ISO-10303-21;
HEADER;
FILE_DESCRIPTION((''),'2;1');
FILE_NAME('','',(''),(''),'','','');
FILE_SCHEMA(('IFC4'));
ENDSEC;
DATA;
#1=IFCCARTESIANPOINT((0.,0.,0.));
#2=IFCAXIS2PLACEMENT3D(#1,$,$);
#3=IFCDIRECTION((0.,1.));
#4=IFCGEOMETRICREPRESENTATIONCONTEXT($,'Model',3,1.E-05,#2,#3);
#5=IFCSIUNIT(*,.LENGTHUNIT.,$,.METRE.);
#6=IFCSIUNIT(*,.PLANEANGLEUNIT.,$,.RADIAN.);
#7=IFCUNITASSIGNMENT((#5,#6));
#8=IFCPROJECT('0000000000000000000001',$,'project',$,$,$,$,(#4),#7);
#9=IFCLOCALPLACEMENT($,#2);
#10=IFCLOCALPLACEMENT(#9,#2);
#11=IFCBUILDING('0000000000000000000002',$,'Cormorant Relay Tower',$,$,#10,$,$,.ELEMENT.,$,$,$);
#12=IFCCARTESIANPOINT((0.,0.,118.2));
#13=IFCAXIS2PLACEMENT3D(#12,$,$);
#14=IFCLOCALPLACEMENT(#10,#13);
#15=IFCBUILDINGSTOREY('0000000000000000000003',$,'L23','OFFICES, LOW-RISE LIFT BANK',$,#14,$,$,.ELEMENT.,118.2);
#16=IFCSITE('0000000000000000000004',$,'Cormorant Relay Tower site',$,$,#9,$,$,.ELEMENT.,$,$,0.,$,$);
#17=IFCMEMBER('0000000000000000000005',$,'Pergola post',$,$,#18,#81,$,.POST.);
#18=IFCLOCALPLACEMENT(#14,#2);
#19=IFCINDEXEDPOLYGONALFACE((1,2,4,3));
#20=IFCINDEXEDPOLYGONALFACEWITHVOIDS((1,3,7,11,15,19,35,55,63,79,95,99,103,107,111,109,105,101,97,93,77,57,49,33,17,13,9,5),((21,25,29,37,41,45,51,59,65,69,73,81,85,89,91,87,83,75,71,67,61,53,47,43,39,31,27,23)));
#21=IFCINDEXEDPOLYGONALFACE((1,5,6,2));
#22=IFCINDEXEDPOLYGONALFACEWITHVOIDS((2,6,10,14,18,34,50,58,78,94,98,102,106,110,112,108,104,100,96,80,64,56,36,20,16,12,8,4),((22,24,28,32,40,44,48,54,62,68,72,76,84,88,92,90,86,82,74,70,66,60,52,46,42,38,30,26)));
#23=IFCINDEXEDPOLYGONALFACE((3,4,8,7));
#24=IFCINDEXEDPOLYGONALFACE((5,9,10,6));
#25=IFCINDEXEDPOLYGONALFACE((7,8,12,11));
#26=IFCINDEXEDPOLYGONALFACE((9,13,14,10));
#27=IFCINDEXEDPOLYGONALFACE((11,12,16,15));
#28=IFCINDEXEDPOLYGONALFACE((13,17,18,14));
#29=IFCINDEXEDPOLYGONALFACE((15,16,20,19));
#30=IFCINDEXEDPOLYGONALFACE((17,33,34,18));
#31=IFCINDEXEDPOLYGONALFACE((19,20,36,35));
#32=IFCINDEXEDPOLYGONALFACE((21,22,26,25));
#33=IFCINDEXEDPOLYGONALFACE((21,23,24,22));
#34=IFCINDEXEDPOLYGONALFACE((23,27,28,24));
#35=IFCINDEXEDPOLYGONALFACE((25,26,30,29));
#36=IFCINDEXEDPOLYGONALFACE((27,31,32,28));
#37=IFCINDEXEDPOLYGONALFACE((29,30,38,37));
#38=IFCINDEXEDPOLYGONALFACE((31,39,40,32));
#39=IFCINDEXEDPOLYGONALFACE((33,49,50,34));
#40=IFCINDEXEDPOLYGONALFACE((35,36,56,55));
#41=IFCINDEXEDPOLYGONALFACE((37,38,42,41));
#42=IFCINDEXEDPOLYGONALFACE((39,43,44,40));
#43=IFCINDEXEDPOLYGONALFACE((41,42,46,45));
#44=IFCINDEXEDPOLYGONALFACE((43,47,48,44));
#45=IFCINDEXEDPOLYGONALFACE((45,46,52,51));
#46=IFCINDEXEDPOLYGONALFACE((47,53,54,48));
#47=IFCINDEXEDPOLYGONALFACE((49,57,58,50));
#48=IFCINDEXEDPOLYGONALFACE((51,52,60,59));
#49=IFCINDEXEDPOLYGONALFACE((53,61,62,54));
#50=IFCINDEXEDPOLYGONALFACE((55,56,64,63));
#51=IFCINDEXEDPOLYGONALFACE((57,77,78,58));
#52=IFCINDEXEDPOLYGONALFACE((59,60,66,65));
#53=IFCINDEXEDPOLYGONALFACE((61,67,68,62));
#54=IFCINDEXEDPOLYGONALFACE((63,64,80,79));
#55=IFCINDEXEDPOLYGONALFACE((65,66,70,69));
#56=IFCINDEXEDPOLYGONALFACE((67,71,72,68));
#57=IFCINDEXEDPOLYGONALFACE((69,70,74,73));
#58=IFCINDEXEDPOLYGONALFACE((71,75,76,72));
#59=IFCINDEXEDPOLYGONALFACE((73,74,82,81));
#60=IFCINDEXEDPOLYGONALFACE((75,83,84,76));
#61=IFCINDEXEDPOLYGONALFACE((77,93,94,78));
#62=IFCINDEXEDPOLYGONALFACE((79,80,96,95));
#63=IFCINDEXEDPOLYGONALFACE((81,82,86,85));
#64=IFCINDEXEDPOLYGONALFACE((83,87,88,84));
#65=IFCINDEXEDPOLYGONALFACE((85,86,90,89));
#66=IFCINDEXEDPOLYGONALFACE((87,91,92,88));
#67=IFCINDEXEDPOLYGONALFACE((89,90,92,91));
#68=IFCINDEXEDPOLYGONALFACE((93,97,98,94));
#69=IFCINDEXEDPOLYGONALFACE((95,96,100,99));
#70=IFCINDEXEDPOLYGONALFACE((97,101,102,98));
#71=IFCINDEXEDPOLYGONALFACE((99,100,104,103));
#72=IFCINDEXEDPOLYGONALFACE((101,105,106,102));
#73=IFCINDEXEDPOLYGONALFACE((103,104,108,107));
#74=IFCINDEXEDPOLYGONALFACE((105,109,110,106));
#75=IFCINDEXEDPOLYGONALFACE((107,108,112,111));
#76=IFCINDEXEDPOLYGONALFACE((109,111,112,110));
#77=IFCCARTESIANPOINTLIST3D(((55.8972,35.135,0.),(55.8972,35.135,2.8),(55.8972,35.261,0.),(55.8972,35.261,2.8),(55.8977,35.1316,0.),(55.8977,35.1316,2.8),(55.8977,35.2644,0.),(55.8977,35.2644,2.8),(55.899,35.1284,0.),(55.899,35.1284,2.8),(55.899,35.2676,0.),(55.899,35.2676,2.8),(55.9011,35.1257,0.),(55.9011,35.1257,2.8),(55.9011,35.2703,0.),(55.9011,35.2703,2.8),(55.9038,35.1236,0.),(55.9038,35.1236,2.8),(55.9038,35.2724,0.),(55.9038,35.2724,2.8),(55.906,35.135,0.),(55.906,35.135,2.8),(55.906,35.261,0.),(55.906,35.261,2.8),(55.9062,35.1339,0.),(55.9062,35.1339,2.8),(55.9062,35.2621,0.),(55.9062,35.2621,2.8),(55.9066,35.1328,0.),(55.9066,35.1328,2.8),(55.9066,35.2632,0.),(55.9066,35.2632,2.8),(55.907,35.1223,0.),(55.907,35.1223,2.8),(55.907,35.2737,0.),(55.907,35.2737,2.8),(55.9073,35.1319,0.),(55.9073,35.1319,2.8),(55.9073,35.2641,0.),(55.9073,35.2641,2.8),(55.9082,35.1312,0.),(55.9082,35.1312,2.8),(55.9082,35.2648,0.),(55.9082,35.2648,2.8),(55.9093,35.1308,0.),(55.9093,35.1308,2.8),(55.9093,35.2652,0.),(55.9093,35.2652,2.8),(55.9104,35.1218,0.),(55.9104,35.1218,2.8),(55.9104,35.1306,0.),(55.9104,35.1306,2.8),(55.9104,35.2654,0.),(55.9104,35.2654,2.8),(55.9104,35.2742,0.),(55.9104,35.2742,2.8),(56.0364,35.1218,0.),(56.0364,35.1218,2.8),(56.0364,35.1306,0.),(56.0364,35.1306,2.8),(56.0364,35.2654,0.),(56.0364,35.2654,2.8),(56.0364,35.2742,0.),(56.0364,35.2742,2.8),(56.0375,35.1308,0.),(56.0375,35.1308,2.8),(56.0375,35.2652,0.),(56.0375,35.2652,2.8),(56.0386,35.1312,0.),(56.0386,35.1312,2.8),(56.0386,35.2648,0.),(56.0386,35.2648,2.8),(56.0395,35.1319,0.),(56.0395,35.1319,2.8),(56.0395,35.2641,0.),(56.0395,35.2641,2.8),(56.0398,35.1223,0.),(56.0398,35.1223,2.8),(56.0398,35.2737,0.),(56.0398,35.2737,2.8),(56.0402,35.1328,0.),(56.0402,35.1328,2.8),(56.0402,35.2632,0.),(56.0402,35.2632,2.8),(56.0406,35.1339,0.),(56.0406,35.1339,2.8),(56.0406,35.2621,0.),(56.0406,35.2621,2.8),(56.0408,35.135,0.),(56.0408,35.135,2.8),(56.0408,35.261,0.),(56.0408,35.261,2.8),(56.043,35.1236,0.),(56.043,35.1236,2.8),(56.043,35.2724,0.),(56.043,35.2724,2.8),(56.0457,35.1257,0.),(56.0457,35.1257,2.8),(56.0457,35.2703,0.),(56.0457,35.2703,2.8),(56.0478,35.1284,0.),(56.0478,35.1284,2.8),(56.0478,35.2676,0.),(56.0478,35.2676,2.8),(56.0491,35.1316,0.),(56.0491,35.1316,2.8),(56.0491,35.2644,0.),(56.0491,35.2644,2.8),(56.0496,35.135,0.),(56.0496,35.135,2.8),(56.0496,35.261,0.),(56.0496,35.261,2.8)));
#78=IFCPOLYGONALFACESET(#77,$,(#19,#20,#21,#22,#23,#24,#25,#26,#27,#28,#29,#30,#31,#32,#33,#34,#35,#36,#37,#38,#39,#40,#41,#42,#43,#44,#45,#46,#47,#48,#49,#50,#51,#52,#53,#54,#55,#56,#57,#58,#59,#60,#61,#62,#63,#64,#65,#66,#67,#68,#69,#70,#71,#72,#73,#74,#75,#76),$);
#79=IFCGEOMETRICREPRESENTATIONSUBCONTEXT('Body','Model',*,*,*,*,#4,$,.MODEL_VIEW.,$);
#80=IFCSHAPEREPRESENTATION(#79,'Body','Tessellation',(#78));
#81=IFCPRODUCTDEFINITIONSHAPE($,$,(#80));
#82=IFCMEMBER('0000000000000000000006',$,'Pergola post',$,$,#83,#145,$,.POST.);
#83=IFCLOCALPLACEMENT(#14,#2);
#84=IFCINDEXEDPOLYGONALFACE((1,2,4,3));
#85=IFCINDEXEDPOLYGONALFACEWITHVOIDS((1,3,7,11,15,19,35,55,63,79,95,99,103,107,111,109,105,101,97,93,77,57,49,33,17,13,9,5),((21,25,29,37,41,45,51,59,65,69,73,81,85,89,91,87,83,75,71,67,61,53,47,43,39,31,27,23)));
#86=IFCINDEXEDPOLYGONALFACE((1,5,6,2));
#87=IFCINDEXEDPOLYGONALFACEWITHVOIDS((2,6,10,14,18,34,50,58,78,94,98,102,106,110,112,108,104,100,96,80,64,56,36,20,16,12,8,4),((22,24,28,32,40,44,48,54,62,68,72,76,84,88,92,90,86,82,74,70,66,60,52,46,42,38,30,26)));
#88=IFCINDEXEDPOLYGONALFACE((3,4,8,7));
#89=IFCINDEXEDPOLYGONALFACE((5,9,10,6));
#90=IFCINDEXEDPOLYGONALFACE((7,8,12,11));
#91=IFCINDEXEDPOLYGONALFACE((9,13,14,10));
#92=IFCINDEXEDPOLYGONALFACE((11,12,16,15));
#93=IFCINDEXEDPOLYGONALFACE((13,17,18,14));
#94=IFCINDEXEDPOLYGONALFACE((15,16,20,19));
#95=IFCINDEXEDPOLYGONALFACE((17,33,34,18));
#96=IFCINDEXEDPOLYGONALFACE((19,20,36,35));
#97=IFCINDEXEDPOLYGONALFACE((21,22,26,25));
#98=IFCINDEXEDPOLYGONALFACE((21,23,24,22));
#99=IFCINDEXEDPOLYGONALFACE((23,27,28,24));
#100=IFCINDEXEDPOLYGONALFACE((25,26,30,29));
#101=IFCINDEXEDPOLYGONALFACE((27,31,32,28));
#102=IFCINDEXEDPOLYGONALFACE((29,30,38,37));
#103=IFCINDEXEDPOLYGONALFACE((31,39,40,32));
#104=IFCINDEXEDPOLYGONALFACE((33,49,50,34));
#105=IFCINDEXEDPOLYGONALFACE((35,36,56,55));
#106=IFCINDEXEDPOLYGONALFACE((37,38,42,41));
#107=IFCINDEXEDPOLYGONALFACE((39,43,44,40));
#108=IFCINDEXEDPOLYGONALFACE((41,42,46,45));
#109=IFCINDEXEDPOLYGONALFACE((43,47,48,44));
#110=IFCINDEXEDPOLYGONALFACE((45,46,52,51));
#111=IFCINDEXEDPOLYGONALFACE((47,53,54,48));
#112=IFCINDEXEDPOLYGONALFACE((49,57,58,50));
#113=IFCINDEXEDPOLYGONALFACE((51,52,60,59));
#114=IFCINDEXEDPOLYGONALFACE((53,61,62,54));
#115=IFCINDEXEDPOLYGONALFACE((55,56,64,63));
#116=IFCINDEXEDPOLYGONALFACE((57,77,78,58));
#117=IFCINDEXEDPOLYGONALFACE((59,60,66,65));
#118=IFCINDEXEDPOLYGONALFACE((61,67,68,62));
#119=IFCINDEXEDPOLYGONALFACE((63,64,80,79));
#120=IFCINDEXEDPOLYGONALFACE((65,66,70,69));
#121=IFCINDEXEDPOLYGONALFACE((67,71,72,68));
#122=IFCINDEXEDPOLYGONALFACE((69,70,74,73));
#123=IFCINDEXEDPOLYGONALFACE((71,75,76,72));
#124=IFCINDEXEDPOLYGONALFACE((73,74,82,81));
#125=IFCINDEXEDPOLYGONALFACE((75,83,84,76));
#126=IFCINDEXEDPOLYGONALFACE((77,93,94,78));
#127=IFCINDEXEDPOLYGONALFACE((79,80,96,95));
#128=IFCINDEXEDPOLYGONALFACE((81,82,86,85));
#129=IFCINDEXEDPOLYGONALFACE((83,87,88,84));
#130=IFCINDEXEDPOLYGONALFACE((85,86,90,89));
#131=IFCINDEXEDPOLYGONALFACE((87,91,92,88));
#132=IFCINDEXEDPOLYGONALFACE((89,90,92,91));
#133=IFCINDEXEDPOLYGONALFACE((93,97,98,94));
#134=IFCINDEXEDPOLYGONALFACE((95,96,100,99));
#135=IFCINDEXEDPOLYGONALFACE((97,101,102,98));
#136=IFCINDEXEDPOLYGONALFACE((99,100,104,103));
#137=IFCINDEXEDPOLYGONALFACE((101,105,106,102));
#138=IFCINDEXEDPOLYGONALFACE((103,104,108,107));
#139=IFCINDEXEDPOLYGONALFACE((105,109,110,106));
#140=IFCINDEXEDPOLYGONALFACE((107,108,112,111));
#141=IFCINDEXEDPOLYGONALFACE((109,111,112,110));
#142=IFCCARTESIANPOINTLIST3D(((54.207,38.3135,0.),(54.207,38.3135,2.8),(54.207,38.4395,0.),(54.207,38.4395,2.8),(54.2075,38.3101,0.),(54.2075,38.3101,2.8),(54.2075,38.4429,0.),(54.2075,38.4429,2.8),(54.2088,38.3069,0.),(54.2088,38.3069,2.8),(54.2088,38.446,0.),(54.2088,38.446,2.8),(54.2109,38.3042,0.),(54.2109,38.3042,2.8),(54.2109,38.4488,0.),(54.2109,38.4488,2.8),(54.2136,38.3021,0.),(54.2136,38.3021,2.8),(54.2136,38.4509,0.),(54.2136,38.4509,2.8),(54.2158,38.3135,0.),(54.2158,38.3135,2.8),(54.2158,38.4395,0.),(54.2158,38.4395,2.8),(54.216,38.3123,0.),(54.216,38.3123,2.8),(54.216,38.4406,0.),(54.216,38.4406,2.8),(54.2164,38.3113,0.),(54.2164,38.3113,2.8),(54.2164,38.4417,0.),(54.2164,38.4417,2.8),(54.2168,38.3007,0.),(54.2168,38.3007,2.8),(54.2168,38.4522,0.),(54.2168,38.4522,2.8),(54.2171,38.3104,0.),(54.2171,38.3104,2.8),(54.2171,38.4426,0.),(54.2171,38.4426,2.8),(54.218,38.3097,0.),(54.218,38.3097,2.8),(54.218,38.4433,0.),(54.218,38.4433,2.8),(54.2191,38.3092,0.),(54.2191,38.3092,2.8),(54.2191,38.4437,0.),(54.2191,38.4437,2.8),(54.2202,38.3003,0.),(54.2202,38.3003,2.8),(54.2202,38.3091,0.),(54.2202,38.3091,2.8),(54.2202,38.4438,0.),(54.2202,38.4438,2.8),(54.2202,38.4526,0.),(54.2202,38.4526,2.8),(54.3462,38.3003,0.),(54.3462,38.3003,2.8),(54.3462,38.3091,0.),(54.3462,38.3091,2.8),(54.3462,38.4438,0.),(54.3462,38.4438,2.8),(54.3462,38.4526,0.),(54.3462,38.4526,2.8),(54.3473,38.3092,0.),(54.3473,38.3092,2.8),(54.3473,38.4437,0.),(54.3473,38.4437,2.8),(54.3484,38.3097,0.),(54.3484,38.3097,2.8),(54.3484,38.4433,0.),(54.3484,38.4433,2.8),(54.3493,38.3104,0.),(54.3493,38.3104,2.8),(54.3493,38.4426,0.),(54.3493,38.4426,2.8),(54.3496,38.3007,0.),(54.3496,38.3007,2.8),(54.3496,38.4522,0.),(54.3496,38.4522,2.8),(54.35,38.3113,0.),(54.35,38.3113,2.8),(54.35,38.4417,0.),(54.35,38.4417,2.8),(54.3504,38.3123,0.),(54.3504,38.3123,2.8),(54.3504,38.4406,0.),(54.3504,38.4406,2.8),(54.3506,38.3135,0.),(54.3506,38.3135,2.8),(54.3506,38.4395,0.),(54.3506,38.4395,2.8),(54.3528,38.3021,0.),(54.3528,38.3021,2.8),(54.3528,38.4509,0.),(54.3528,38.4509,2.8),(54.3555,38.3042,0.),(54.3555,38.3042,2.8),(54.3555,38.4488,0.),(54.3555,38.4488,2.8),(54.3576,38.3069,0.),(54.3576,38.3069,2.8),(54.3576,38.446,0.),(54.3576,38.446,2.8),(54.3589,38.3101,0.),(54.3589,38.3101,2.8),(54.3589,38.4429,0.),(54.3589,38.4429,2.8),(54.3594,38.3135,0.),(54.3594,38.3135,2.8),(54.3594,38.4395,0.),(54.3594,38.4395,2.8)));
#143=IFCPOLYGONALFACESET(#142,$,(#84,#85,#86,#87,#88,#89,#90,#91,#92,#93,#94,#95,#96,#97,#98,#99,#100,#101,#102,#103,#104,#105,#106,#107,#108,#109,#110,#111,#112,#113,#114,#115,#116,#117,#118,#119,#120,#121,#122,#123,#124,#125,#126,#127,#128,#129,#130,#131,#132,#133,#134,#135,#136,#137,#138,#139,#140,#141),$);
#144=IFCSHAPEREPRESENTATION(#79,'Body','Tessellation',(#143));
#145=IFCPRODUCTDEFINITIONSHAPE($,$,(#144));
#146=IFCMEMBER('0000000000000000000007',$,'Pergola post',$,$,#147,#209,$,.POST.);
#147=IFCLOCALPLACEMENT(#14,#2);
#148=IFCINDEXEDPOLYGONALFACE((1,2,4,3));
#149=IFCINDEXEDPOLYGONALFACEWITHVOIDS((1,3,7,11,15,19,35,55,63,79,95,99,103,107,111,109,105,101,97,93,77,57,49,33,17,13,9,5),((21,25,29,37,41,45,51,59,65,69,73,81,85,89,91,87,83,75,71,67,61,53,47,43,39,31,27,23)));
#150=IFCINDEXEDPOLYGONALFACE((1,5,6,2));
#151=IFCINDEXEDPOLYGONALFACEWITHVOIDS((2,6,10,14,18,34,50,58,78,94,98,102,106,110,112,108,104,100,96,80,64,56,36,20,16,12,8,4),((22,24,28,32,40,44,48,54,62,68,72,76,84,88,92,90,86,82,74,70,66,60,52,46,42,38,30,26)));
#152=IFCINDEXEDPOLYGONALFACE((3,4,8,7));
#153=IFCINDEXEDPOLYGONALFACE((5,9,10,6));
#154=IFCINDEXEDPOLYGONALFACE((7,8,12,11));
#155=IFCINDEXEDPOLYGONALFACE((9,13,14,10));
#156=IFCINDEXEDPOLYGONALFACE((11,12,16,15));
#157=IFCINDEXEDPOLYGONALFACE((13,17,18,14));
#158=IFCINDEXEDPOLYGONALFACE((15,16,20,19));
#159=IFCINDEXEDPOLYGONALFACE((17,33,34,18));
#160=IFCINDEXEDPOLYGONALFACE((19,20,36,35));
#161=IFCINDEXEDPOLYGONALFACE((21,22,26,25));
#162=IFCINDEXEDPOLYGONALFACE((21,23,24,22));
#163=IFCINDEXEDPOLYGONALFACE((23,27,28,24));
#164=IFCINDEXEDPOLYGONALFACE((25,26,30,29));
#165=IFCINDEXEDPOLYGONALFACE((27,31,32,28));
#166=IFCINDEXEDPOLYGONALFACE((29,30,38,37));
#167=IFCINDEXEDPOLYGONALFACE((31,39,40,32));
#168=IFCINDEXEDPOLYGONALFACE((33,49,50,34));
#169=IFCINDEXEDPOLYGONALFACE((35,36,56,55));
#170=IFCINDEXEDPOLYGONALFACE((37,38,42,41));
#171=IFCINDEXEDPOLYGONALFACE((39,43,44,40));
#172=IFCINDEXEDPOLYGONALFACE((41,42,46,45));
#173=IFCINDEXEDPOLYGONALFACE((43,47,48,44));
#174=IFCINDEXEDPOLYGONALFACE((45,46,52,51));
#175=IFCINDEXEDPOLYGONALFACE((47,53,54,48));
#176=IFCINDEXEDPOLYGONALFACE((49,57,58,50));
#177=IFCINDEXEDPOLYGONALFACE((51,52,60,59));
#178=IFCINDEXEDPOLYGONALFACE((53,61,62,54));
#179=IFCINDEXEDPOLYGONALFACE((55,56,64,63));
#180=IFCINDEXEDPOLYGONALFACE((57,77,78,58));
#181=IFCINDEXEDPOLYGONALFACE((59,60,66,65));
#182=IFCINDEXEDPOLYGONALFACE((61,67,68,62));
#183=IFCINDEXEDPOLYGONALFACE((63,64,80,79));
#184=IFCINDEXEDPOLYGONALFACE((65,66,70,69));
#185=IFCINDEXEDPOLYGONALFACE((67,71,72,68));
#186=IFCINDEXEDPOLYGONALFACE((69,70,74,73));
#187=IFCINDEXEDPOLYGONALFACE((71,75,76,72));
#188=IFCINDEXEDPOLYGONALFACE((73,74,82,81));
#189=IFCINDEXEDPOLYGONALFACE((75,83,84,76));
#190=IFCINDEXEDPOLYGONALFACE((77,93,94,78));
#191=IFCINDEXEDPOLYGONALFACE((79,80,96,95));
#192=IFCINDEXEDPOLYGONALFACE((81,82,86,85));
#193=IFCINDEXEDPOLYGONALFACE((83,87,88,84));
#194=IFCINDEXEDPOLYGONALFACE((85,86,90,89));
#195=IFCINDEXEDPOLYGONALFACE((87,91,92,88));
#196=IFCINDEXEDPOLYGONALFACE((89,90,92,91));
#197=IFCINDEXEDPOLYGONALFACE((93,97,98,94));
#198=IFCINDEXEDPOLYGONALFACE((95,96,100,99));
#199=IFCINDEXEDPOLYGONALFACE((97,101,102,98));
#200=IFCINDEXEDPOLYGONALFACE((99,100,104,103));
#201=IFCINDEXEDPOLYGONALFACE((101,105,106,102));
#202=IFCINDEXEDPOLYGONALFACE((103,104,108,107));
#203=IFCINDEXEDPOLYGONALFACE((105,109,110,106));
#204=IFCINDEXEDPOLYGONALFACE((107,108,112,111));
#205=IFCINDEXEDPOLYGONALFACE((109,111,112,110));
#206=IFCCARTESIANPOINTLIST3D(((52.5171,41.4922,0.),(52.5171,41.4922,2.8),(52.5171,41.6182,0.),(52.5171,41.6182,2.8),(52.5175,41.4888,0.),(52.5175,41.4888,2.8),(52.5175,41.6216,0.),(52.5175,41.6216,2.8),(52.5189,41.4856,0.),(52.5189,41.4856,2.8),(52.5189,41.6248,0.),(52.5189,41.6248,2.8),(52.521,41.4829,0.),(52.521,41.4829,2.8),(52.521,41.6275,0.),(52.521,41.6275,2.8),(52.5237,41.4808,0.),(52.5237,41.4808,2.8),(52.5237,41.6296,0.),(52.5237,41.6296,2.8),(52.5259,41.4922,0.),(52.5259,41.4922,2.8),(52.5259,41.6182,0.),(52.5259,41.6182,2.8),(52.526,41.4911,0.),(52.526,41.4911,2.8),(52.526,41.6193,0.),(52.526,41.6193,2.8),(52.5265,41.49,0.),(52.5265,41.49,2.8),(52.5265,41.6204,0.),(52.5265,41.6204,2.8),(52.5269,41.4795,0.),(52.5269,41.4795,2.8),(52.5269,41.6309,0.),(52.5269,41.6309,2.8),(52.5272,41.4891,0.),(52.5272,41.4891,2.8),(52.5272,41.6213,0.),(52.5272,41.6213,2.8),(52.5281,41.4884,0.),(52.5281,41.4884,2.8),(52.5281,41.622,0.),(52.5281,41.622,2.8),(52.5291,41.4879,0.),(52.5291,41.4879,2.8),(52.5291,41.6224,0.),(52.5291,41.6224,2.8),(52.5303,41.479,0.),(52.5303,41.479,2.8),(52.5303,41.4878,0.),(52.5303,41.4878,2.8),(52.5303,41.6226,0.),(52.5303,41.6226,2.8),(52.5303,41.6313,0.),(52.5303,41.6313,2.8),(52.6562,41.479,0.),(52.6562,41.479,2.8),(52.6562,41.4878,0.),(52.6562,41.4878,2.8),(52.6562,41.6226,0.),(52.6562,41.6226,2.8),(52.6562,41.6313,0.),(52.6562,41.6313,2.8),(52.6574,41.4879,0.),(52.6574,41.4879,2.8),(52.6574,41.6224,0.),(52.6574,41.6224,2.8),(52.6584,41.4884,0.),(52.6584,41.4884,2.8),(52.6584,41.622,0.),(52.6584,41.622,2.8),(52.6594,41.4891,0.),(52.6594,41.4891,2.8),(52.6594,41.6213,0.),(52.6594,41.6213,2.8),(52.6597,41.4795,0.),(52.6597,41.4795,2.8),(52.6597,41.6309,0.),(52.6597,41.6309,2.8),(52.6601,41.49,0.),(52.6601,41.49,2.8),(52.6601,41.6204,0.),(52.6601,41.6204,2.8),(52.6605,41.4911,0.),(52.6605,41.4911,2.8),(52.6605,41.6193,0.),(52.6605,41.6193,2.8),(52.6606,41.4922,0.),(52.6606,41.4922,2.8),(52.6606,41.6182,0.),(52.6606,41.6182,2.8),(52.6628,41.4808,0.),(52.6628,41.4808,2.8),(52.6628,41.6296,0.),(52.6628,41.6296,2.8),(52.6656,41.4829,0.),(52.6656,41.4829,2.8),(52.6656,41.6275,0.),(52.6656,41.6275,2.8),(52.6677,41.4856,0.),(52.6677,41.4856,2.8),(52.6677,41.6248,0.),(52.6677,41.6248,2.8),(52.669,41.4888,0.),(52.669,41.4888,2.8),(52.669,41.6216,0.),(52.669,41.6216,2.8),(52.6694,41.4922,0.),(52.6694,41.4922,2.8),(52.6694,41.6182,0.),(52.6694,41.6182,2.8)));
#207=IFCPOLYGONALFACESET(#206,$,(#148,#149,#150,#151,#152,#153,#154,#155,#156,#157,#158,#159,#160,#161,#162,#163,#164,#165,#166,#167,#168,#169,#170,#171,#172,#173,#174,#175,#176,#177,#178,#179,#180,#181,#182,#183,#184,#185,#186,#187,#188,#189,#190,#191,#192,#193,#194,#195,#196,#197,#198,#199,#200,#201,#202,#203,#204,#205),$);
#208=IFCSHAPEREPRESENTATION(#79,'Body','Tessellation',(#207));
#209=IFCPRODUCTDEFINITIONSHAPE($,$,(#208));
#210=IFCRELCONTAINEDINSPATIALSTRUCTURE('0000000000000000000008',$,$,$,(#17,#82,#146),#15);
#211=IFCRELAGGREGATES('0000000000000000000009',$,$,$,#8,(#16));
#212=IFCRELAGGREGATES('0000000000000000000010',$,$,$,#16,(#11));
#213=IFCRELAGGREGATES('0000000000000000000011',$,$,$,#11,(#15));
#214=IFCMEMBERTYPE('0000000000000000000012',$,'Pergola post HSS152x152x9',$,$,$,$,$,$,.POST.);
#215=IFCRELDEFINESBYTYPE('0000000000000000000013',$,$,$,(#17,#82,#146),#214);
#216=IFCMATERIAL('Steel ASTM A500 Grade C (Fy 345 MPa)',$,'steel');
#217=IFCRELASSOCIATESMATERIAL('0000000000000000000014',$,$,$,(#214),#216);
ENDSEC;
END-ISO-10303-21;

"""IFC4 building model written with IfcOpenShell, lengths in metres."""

from ifc_helpers import new_model, si_unit, direction, frame, origin, origin_2d, place, context, subcontext, project, spatial, hollow_rectangle, extrude, material, material_profile, profile_set, type_object, element, save


model = new_model("IFC4")

# Units and contexts
model_context = context("Model", 3, precision=1e-05, world=origin(), true_north=direction((0.0, 1.0)))
body_context = subcontext(model_context, "Body", "Model", "MODEL_VIEW")
ifc_project = project(units=[si_unit("LENGTHUNIT", "METRE"), si_unit("PLANEANGLEUNIT", "RADIAN")], contexts=[model_context])

# Site, building, storey
site_placement = place(None, origin())
site = spatial("IfcSite", under=ifc_project, at=site_placement, Name="Cormorant Relay Tower site", CompositionType="ELEMENT", RefElevation=0.0)
building_placement = place(site_placement, origin())
building = spatial("IfcBuilding", under=site, at=building_placement, Name="Cormorant Relay Tower", CompositionType="ELEMENT")
storey_placement = place(building_placement, frame((0.0, 0.0, 118.2)))
storey = spatial("IfcBuildingStorey", under=building, at=storey_placement, Name="L23", Description="OFFICES, LOW-RISE LIFT BANK", CompositionType="ELEMENT", Elevation=118.2)

# Members
ifc_material_1 = material(Name="Steel ASTM A500 Grade C (Fy 345 MPa)", Category="steel")
ifc_material_profile_1 = material_profile(ifc_material_1, hollow_rectangle(XDim=0.1523, YDim=0.1523, WallThickness=0.0088, InnerFilletRadius=0.0044, OuterFilletRadius=0.0132, at=origin_2d()), Name="HSS152x152x9")
ifc_profile_set_1 = profile_set([ifc_material_profile_1], Name="Steel ASTM A500 Grade C (Fy 345 MPa)")
member_type_1 = type_object("IfcMemberType", Name="Pergola post HSS152x152x9", PredefinedType="POST", material=ifc_profile_set_1)
for number, where, z_axis, x_axis, name in (
    (1, (55.9734, 35.198, 0.0), (0.0, 0.0, 1.0), (1.0, 0.0, 0.0), "Pergola post"),
    (2, (54.2832, 38.3765, 0.0), (0.0, 0.0, 1.0), (1.0, 0.0, 0.0), "Pergola post"),
    (3, (52.5933, 41.5552, 0.0), (0.0, 0.0, 1.0), (1.0, 0.0, 0.0), "Pergola post"),
):
    element("IfcMember", number, at=place(storey_placement, frame(where, z_axis=z_axis, x_axis=x_axis)), inside=storey, type_object=member_type_1, Name=name, PredefinedType="POST", context=body_context, shape_type="SweptSolid", body=[
        extrude(hollow_rectangle(XDim=0.1523, YDim=0.1523, WallThickness=0.0088, InnerFilletRadius=0.0044, OuterFilletRadius=0.0132, at=origin_2d()), origin(), (0.0, 0.0, 1.0), 2.8),
    ])

save(model, "model.ifc")
